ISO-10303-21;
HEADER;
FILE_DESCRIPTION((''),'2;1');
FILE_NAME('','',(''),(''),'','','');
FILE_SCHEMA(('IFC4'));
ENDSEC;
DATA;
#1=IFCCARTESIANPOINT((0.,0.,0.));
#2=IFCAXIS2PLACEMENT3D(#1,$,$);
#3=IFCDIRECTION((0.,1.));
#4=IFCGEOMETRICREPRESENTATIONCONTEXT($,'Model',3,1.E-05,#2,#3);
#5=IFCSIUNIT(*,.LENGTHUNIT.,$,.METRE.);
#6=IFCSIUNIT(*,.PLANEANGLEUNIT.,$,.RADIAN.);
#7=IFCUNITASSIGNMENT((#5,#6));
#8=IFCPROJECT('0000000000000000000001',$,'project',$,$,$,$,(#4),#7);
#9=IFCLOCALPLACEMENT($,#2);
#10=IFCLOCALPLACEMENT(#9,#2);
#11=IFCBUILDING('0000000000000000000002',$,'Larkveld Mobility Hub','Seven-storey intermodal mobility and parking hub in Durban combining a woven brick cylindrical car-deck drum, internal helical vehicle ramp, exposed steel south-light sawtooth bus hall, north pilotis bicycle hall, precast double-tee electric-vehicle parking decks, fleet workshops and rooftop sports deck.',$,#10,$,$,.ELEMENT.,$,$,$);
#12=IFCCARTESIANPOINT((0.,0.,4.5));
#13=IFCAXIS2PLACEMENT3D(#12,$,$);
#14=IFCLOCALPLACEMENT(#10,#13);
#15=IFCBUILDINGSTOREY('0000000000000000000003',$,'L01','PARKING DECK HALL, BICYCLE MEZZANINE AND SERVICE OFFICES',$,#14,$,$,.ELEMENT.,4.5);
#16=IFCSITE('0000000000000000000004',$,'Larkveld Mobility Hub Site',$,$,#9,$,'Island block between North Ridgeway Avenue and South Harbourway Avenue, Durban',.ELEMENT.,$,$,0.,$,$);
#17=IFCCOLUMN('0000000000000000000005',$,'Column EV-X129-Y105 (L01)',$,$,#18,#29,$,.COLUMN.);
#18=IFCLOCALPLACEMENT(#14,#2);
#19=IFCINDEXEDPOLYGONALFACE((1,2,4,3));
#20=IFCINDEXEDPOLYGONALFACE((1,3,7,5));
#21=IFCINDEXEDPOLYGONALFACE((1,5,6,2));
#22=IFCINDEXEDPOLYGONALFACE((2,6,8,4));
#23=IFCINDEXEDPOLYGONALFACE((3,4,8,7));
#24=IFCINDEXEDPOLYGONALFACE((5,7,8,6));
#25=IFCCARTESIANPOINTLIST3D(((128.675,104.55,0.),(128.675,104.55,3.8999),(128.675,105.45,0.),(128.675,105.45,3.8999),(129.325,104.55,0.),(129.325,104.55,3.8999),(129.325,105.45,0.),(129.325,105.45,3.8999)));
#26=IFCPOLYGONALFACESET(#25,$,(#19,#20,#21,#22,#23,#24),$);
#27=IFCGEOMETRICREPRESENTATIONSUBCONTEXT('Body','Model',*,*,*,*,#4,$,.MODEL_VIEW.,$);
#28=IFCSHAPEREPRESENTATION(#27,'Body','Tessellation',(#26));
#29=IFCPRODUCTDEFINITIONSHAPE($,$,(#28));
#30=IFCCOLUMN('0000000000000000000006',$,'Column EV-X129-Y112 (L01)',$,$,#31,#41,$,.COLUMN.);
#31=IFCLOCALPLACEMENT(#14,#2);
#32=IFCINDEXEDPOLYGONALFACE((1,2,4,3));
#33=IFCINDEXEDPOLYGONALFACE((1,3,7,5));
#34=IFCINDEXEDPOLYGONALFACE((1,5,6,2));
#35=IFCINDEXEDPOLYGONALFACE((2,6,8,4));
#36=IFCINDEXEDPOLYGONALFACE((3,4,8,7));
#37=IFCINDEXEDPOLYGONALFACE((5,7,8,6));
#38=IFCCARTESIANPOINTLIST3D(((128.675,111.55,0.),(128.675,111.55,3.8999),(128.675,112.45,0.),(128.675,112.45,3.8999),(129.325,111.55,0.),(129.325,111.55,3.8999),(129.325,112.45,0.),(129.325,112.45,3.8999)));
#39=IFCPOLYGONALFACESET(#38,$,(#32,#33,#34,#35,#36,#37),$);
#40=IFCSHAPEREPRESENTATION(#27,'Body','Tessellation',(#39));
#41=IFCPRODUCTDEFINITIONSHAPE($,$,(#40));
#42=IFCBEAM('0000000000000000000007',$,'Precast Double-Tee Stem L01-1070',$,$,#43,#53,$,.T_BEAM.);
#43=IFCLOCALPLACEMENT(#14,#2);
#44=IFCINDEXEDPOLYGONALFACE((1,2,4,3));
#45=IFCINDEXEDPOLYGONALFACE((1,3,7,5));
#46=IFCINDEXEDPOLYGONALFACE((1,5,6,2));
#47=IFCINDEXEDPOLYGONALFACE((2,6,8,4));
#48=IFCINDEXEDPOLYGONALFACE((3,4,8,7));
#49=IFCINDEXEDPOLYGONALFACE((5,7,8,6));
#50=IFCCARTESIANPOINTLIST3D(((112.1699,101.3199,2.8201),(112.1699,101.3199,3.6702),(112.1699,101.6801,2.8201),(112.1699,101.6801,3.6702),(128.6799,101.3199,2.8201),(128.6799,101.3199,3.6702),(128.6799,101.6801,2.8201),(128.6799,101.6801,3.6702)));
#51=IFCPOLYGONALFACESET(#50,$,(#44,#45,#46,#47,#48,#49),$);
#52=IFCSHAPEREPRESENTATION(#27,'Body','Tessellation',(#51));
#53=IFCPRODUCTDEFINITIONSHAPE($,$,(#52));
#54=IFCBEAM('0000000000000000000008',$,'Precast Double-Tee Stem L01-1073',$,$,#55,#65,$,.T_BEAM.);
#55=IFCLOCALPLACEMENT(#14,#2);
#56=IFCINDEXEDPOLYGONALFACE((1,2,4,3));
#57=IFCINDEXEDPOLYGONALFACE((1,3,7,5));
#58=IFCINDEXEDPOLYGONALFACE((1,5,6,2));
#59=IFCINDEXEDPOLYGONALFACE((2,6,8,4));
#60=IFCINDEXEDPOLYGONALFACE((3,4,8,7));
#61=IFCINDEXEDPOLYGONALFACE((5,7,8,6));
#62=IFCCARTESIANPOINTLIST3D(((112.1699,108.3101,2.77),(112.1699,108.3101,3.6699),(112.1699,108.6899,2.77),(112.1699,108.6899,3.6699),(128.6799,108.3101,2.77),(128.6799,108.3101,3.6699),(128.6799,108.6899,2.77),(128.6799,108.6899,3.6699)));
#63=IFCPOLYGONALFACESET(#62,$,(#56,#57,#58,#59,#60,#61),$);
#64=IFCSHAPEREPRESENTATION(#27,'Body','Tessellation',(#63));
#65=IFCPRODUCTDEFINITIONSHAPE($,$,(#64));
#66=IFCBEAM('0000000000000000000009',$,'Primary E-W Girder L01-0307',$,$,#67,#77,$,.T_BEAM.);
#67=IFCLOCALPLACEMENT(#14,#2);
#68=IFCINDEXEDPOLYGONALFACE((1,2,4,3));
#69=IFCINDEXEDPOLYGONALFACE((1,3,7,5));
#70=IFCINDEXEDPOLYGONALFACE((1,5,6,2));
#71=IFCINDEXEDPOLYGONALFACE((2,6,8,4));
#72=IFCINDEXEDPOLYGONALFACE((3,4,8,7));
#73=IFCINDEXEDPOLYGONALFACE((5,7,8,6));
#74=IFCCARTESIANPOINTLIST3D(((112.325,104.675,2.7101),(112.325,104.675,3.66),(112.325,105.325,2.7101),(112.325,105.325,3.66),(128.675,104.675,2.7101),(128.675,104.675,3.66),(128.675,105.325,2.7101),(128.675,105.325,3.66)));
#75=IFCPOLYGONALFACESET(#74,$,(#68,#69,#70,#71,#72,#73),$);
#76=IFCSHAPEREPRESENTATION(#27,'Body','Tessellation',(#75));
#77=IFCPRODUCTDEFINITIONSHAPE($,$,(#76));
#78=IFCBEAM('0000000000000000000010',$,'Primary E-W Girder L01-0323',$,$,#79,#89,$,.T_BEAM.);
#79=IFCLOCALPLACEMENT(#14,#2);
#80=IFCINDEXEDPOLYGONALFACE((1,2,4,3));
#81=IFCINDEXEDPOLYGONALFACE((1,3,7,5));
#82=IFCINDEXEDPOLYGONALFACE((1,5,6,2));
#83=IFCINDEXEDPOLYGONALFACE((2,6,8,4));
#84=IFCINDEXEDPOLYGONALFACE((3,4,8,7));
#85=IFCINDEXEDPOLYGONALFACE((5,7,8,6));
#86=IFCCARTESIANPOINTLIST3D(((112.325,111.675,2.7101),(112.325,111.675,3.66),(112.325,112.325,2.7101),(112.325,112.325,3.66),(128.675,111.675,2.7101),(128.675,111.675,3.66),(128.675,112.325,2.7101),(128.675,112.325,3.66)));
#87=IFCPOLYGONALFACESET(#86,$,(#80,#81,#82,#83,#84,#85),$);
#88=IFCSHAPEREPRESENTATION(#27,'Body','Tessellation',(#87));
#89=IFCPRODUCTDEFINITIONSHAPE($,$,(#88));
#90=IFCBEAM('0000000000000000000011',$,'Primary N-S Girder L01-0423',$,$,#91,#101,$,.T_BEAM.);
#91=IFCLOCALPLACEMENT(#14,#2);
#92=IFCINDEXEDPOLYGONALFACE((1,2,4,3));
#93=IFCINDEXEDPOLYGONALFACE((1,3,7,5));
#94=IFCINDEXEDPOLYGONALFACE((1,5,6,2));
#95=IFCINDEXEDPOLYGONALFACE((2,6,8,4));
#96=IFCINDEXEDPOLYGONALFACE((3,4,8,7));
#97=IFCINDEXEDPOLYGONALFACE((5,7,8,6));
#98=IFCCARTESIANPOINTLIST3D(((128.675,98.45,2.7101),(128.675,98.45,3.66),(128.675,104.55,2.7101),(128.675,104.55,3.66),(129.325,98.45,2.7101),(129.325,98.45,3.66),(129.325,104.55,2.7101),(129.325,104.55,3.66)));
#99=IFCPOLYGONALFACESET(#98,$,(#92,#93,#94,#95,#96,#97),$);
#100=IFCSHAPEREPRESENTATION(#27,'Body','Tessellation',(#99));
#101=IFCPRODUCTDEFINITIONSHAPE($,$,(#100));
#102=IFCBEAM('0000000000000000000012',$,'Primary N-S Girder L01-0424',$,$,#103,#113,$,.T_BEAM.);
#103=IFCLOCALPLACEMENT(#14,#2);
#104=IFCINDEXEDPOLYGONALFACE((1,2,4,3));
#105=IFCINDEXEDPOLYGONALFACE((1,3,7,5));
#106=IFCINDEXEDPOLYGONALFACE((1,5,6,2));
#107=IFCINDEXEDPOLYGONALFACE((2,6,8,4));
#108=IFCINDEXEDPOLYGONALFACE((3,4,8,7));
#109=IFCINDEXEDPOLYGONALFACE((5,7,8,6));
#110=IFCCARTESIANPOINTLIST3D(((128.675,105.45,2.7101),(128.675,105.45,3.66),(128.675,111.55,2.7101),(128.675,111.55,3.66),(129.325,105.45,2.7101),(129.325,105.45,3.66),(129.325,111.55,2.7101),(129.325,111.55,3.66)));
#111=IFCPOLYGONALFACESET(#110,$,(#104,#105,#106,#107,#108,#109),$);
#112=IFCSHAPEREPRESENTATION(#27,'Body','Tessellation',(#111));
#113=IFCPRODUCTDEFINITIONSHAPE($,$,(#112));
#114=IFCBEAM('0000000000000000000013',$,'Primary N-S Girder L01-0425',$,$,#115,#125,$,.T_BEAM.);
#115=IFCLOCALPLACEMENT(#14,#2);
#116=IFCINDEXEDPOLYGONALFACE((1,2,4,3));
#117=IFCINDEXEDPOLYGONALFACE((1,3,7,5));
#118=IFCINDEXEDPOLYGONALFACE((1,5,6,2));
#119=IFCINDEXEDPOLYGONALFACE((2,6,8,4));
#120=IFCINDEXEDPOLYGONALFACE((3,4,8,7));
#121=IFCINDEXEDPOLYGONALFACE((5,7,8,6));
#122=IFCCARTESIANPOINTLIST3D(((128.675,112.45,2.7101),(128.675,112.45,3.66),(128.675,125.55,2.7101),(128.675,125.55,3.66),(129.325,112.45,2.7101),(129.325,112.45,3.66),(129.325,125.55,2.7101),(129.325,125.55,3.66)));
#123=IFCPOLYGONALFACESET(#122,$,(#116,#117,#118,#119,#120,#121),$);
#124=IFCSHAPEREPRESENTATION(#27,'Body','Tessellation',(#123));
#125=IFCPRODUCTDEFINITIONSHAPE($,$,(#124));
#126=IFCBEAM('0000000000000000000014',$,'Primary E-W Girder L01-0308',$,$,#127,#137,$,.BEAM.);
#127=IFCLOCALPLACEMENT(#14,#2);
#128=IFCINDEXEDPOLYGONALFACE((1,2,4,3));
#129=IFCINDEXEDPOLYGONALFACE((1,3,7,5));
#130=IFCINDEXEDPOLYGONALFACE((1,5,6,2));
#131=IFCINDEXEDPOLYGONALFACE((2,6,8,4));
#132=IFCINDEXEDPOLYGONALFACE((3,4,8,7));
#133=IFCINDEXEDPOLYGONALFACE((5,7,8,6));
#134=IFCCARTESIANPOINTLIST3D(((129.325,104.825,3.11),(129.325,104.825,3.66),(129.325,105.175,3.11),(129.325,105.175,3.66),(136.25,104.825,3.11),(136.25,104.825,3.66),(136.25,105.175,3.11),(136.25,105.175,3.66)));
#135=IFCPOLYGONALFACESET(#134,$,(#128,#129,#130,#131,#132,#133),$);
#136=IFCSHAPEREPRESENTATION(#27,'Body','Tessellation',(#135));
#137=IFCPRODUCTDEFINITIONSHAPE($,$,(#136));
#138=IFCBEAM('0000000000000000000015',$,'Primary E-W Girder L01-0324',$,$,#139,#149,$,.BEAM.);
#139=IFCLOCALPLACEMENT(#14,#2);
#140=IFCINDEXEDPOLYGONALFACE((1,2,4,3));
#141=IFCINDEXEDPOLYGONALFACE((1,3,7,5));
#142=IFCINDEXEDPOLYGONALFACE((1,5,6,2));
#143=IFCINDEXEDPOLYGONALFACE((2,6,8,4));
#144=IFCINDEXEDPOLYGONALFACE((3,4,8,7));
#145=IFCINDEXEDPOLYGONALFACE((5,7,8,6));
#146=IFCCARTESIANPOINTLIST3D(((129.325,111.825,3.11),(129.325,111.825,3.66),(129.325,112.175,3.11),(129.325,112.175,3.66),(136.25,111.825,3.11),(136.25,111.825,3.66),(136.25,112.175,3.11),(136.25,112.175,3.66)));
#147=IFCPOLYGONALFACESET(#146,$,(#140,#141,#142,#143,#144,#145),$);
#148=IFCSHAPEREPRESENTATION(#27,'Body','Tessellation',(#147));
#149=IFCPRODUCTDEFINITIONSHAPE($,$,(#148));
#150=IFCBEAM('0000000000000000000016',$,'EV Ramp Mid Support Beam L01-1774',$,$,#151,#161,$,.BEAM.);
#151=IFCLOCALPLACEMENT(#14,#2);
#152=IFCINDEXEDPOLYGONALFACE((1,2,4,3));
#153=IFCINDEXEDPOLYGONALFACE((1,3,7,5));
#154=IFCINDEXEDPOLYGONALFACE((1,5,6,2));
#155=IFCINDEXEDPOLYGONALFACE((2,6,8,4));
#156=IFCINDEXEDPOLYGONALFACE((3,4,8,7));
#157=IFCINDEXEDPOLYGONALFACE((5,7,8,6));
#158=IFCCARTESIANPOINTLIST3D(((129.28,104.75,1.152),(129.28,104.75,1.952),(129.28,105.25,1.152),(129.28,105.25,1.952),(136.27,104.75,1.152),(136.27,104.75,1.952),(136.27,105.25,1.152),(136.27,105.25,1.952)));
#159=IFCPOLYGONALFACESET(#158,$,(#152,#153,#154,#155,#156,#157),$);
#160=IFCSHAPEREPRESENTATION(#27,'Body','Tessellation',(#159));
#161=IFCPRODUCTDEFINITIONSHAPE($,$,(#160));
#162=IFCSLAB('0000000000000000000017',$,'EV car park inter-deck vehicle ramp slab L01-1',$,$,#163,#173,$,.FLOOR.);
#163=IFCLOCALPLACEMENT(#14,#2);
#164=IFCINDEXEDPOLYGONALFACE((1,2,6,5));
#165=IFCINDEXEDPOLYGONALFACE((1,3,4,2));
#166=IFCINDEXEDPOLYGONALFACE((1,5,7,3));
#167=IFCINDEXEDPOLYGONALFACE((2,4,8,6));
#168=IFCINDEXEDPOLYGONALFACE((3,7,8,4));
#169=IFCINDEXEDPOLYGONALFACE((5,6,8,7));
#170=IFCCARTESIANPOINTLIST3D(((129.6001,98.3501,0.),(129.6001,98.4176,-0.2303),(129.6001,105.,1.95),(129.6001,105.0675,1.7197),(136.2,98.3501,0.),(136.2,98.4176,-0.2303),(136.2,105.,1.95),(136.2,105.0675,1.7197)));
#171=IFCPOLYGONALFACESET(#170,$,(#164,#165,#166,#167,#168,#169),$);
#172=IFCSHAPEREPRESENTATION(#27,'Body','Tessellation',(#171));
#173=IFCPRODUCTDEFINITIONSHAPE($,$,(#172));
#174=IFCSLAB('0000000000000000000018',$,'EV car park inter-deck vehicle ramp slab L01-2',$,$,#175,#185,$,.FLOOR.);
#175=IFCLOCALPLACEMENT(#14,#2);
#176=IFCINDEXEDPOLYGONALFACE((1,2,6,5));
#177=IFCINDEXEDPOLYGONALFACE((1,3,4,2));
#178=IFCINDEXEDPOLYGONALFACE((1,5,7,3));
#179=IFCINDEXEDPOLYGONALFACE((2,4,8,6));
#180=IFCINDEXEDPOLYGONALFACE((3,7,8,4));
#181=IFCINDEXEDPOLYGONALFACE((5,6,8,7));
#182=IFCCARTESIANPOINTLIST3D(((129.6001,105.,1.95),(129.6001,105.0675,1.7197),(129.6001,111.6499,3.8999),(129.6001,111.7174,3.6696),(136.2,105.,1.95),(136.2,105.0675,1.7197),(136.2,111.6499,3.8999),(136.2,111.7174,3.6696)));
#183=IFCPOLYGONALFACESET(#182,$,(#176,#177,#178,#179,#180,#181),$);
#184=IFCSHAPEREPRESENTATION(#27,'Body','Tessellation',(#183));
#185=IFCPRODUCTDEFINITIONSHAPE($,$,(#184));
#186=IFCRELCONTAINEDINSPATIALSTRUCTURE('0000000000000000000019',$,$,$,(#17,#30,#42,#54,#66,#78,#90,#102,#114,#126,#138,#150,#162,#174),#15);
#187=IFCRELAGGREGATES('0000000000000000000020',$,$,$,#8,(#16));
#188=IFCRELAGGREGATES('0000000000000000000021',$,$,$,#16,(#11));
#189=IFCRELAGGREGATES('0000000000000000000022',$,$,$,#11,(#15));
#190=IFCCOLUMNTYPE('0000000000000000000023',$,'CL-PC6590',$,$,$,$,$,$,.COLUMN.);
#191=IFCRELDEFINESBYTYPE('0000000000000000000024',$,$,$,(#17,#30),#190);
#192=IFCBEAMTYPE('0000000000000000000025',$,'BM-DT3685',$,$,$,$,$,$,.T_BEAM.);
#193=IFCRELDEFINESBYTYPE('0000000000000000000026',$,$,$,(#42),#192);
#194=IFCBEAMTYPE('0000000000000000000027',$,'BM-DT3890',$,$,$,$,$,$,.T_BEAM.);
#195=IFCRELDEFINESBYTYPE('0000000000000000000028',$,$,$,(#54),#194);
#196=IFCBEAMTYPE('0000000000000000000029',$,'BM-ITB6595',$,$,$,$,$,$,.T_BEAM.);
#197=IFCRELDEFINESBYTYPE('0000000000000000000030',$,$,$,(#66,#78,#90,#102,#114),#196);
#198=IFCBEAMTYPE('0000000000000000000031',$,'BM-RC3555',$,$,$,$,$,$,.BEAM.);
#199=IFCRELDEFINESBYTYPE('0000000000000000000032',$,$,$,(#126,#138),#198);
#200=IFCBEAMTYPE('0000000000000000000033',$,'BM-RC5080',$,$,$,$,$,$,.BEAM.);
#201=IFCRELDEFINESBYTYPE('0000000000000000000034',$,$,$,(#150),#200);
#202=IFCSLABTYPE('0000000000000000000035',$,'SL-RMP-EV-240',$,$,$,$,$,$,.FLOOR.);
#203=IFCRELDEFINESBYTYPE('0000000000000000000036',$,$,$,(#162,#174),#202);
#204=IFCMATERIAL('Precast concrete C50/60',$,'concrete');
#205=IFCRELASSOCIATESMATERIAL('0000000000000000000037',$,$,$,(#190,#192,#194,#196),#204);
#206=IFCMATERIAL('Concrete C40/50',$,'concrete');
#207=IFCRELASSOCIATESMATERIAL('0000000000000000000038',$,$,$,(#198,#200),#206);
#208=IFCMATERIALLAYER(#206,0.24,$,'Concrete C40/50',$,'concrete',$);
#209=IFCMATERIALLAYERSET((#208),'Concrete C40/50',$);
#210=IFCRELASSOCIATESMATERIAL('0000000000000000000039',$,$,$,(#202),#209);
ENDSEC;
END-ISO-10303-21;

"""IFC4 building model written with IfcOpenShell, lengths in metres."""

from ifc_helpers import new_model, si_unit, direction, frame, origin, origin_2d, place, context, subcontext, project, spatial, polyline, rectangle, outline, extrude, material, layer, layer_set, material_profile, profile_set, type_object, element, save


model = new_model("IFC4")

# Units and contexts
model_context = context("Model", 3, precision=1e-05, world=origin(), true_north=direction((0.0, 1.0)))
body_context = subcontext(model_context, "Body", "Model", "MODEL_VIEW")
ifc_project = project(units=[si_unit("LENGTHUNIT", "METRE"), si_unit("PLANEANGLEUNIT", "RADIAN")], contexts=[model_context])

# Site, building, storey
site_placement = place(None, origin())
site = spatial("IfcSite", under=ifc_project, at=site_placement, Name="Larkveld Mobility Hub Site", LongName="Island block between North Ridgeway Avenue and South Harbourway Avenue, Durban", CompositionType="ELEMENT", RefElevation=0.0)
building_placement = place(site_placement, origin())
building = spatial("IfcBuilding", under=site, at=building_placement, Name="Larkveld Mobility Hub", Description="Seven-storey intermodal mobility and parking hub in Durban combining a woven brick cylindrical car-deck drum, internal helical vehicle ramp, exposed steel south-light sawtooth bus hall, north pilotis bicycle hall, precast double-tee electric-vehicle parking decks, fleet workshops and rooftop sports deck.", CompositionType="ELEMENT")
storey_placement = place(building_placement, frame((0.0, 0.0, 4.5)))
storey = spatial("IfcBuildingStorey", under=building, at=storey_placement, Name="L01", Description="PARKING DECK HALL, BICYCLE MEZZANINE AND SERVICE OFFICES", CompositionType="ELEMENT", Elevation=4.5)

# Columns
ifc_material_1 = material(Name="Precast concrete C50/60", Category="concrete")
ifc_material_profile_1 = material_profile(ifc_material_1, rectangle(XDim=0.6499, YDim=0.8999, at=origin_2d()), Name="RC COL 650x900")
ifc_profile_set_1 = profile_set([ifc_material_profile_1], Name="Precast concrete C50/60")
column_type = type_object("IfcColumnType", Name="CL-PC6590", PredefinedType="COLUMN", material=ifc_profile_set_1)
for number, where, z_axis, x_axis, name in (
    (1, (129.0, 105.0, 0.0), (0.0, 0.0, 1.0), (1.0, 0.0, 0.0), "Column EV-X129-Y105 (L01)"),
    (2, (129.0, 112.0, 0.0), (0.0, 0.0, 1.0), (1.0, 0.0, 0.0), "Column EV-X129-Y112 (L01)"),
):
    element("IfcColumn", number, at=place(storey_placement, frame(where, z_axis=z_axis, x_axis=x_axis)), inside=storey, type_object=column_type, Name=name, PredefinedType="COLUMN", context=body_context, shape_type="SweptSolid", body=[
        extrude(rectangle(XDim=0.6499, YDim=0.8999, at=origin_2d()), origin(), (0.0, 0.0, 1.0), 3.8999),
    ])

# Beams
ifc_material_profile_2 = material_profile(ifc_material_1, rectangle(XDim=0.3601, YDim=0.8501, at=origin_2d()), Name="PC DT 360x850")
ifc_profile_set_2 = profile_set([ifc_material_profile_2], Name="Precast concrete C50/60")
beam_type_1 = type_object("IfcBeamType", Name="BM-DT3685", PredefinedType="T_BEAM", material=ifc_profile_set_2)
beam_1_placement = place(storey_placement, frame((112.1699, 101.5, 3.2451), z_axis=(1.0, 0.0, 0.0), x_axis=(0.0, 1.0, 0.0)))
element("IfcBeam", 3, at=beam_1_placement, inside=storey, type_object=beam_type_1, Name="Precast Double-Tee Stem L01-1070", PredefinedType="T_BEAM", context=body_context, shape_type="SweptSolid", body=[
    extrude(rectangle(XDim=0.3601, YDim=0.8501, at=origin_2d()), origin(), (0.0, 0.0, 1.0), 16.51),
])
ifc_material_profile_3 = material_profile(ifc_material_1, rectangle(XDim=0.3799, YDim=0.8999, at=origin_2d()), Name="PC DT 380x900")
ifc_profile_set_3 = profile_set([ifc_material_profile_3], Name="Precast concrete C50/60")
beam_type_2 = type_object("IfcBeamType", Name="BM-DT3890", PredefinedType="T_BEAM", material=ifc_profile_set_3)
beam_2_placement = place(storey_placement, frame((112.1699, 108.5, 3.22), z_axis=(1.0, 0.0, 0.0), x_axis=(0.0, 1.0, 0.0)))
element("IfcBeam", 4, at=beam_2_placement, inside=storey, type_object=beam_type_2, Name="Precast Double-Tee Stem L01-1073", PredefinedType="T_BEAM", context=body_context, shape_type="SweptSolid", body=[
    extrude(rectangle(XDim=0.3799, YDim=0.8999, at=origin_2d()), origin(), (0.0, 0.0, 1.0), 16.51),
])
ifc_material_profile_4 = material_profile(ifc_material_1, rectangle(XDim=0.6499, YDim=0.95, at=origin_2d()), Name="PC ITB 650x950")
ifc_profile_set_4 = profile_set([ifc_material_profile_4], Name="Precast concrete C50/60")
beam_type_3 = type_object("IfcBeamType", Name="BM-ITB6595", PredefinedType="T_BEAM", material=ifc_profile_set_4)
for number, where, z_axis, x_axis, name in (
    (5, (112.325, 105.0, 3.1851), (1.0, 0.0, 0.0), (0.0, 1.0, 0.0), "Primary E-W Girder L01-0307"),
    (6, (112.325, 112.0, 3.1851), (1.0, 0.0, 0.0), (0.0, 1.0, 0.0), "Primary E-W Girder L01-0323"),
):
    element("IfcBeam", number, at=place(storey_placement, frame(where, z_axis=z_axis, x_axis=x_axis)), inside=storey, type_object=beam_type_3, Name=name, PredefinedType="T_BEAM", context=body_context, shape_type="SweptSolid", body=[
        extrude(rectangle(XDim=0.6499, YDim=0.95, at=origin_2d()), origin(), (0.0, 0.0, 1.0), 16.3501),
    ])
for number, where, z_axis, x_axis, name in (
    (7, (129.0, 98.45, 3.1851), (0.0, 1.0, 0.0), (-1.0, 0.0, 0.0), "Primary N-S Girder L01-0423"),
    (8, (129.0, 105.45, 3.1851), (0.0, 1.0, 0.0), (-1.0, 0.0, 0.0), "Primary N-S Girder L01-0424"),
):
    element("IfcBeam", number, at=place(storey_placement, frame(where, z_axis=z_axis, x_axis=x_axis)), inside=storey, type_object=beam_type_3, Name=name, PredefinedType="T_BEAM", context=body_context, shape_type="SweptSolid", body=[
        extrude(rectangle(XDim=0.6499, YDim=0.95, at=origin_2d()), origin(), (0.0, 0.0, 1.0), 6.1001),
    ])
beam_3_placement = place(storey_placement, frame((129.0, 112.45, 3.1851), z_axis=(0.0, 1.0, 0.0), x_axis=(-1.0, 0.0, 0.0)))
element("IfcBeam", 9, at=beam_3_placement, inside=storey, type_object=beam_type_3, Name="Primary N-S Girder L01-0425", PredefinedType="T_BEAM", context=body_context, shape_type="SweptSolid", body=[
    extrude(rectangle(XDim=0.6499, YDim=0.95, at=origin_2d()), origin(), (0.0, 0.0, 1.0), 13.1001),
])
ifc_material_2 = material(Name="Concrete C40/50", Category="concrete")
ifc_material_profile_5 = material_profile(ifc_material_2, rectangle(XDim=0.3501, YDim=0.55, at=origin_2d()), Name="RC BM 350x550")
ifc_profile_set_5 = profile_set([ifc_material_profile_5], Name="Concrete C40/50")
beam_type_4 = type_object("IfcBeamType", Name="BM-RC3555", PredefinedType="BEAM", material=ifc_profile_set_5)
for number, where, z_axis, x_axis, name in (
    (10, (129.325, 105.0, 3.385), (1.0, 0.0, 0.0), (0.0, 1.0, 0.0), "Primary E-W Girder L01-0308"),
    (11, (129.325, 112.0, 3.385), (1.0, 0.0, 0.0), (0.0, 1.0, 0.0), "Primary E-W Girder L01-0324"),
):
    element("IfcBeam", number, at=place(storey_placement, frame(where, z_axis=z_axis, x_axis=x_axis)), inside=storey, type_object=beam_type_4, Name=name, PredefinedType="BEAM", context=body_context, shape_type="SweptSolid", body=[
        extrude(rectangle(XDim=0.3501, YDim=0.55, at=origin_2d()), origin(), (0.0, 0.0, 1.0), 6.925),
    ])
ifc_material_profile_6 = material_profile(ifc_material_2, rectangle(XDim=0.5, YDim=0.8, at=origin_2d()), Name="RC BM 500x800")
ifc_profile_set_6 = profile_set([ifc_material_profile_6], Name="Concrete C40/50")
beam_type_5 = type_object("IfcBeamType", Name="BM-RC5080", PredefinedType="BEAM", material=ifc_profile_set_6)
beam_4_placement = place(storey_placement, frame((129.28, 105.0, 1.552), z_axis=(1.0, 0.0, 0.0), x_axis=(0.0, 1.0, 0.0)))
element("IfcBeam", 12, at=beam_4_placement, inside=storey, type_object=beam_type_5, Name="EV Ramp Mid Support Beam L01-1774", PredefinedType="BEAM", context=body_context, shape_type="SweptSolid", body=[
    extrude(rectangle(XDim=0.5, YDim=0.8, at=origin_2d()), origin(), (0.0, 0.0, 1.0), 6.99),
])

# Slabs
ifc_layer_1 = layer(ifc_material_2, 0.24, Name="Concrete C40/50", Category="concrete")
ifc_layer_set_1 = layer_set([ifc_layer_1], Name="Concrete C40/50")
slab_type = type_object("IfcSlabType", Name="SL-RMP-EV-240", PredefinedType="FLOOR", material=ifc_layer_set_1)
for number, where, z_axis, x_axis, name in (
    (13, (129.6001, 98.3501, 0.0), (0.0, -0.281382, 0.959596), (1.0, 0.0, 0.0), "EV car park inter-deck vehicle ramp slab L01-1"),
    (14, (129.6001, 105.0, 1.95), (0.0, -0.281382, 0.959596), (1.0, 0.0, 0.0), "EV car park inter-deck vehicle ramp slab L01-2"),
):
    element("IfcSlab", number, at=place(storey_placement, frame(where, z_axis=z_axis, x_axis=x_axis)), inside=storey, type_object=slab_type, Name=name, PredefinedType="FLOOR", context=body_context, shape_type="SweptSolid", body=[
        extrude(outline(polyline([(0.0, 0.0), (6.5999, 0.0), (6.5999, 6.9299), (0.0, 6.9299), (0.0, 0.0)])), origin(), (0.0, 0.0, -1.0), 0.24),
    ])

save(model, "model.ifc")
